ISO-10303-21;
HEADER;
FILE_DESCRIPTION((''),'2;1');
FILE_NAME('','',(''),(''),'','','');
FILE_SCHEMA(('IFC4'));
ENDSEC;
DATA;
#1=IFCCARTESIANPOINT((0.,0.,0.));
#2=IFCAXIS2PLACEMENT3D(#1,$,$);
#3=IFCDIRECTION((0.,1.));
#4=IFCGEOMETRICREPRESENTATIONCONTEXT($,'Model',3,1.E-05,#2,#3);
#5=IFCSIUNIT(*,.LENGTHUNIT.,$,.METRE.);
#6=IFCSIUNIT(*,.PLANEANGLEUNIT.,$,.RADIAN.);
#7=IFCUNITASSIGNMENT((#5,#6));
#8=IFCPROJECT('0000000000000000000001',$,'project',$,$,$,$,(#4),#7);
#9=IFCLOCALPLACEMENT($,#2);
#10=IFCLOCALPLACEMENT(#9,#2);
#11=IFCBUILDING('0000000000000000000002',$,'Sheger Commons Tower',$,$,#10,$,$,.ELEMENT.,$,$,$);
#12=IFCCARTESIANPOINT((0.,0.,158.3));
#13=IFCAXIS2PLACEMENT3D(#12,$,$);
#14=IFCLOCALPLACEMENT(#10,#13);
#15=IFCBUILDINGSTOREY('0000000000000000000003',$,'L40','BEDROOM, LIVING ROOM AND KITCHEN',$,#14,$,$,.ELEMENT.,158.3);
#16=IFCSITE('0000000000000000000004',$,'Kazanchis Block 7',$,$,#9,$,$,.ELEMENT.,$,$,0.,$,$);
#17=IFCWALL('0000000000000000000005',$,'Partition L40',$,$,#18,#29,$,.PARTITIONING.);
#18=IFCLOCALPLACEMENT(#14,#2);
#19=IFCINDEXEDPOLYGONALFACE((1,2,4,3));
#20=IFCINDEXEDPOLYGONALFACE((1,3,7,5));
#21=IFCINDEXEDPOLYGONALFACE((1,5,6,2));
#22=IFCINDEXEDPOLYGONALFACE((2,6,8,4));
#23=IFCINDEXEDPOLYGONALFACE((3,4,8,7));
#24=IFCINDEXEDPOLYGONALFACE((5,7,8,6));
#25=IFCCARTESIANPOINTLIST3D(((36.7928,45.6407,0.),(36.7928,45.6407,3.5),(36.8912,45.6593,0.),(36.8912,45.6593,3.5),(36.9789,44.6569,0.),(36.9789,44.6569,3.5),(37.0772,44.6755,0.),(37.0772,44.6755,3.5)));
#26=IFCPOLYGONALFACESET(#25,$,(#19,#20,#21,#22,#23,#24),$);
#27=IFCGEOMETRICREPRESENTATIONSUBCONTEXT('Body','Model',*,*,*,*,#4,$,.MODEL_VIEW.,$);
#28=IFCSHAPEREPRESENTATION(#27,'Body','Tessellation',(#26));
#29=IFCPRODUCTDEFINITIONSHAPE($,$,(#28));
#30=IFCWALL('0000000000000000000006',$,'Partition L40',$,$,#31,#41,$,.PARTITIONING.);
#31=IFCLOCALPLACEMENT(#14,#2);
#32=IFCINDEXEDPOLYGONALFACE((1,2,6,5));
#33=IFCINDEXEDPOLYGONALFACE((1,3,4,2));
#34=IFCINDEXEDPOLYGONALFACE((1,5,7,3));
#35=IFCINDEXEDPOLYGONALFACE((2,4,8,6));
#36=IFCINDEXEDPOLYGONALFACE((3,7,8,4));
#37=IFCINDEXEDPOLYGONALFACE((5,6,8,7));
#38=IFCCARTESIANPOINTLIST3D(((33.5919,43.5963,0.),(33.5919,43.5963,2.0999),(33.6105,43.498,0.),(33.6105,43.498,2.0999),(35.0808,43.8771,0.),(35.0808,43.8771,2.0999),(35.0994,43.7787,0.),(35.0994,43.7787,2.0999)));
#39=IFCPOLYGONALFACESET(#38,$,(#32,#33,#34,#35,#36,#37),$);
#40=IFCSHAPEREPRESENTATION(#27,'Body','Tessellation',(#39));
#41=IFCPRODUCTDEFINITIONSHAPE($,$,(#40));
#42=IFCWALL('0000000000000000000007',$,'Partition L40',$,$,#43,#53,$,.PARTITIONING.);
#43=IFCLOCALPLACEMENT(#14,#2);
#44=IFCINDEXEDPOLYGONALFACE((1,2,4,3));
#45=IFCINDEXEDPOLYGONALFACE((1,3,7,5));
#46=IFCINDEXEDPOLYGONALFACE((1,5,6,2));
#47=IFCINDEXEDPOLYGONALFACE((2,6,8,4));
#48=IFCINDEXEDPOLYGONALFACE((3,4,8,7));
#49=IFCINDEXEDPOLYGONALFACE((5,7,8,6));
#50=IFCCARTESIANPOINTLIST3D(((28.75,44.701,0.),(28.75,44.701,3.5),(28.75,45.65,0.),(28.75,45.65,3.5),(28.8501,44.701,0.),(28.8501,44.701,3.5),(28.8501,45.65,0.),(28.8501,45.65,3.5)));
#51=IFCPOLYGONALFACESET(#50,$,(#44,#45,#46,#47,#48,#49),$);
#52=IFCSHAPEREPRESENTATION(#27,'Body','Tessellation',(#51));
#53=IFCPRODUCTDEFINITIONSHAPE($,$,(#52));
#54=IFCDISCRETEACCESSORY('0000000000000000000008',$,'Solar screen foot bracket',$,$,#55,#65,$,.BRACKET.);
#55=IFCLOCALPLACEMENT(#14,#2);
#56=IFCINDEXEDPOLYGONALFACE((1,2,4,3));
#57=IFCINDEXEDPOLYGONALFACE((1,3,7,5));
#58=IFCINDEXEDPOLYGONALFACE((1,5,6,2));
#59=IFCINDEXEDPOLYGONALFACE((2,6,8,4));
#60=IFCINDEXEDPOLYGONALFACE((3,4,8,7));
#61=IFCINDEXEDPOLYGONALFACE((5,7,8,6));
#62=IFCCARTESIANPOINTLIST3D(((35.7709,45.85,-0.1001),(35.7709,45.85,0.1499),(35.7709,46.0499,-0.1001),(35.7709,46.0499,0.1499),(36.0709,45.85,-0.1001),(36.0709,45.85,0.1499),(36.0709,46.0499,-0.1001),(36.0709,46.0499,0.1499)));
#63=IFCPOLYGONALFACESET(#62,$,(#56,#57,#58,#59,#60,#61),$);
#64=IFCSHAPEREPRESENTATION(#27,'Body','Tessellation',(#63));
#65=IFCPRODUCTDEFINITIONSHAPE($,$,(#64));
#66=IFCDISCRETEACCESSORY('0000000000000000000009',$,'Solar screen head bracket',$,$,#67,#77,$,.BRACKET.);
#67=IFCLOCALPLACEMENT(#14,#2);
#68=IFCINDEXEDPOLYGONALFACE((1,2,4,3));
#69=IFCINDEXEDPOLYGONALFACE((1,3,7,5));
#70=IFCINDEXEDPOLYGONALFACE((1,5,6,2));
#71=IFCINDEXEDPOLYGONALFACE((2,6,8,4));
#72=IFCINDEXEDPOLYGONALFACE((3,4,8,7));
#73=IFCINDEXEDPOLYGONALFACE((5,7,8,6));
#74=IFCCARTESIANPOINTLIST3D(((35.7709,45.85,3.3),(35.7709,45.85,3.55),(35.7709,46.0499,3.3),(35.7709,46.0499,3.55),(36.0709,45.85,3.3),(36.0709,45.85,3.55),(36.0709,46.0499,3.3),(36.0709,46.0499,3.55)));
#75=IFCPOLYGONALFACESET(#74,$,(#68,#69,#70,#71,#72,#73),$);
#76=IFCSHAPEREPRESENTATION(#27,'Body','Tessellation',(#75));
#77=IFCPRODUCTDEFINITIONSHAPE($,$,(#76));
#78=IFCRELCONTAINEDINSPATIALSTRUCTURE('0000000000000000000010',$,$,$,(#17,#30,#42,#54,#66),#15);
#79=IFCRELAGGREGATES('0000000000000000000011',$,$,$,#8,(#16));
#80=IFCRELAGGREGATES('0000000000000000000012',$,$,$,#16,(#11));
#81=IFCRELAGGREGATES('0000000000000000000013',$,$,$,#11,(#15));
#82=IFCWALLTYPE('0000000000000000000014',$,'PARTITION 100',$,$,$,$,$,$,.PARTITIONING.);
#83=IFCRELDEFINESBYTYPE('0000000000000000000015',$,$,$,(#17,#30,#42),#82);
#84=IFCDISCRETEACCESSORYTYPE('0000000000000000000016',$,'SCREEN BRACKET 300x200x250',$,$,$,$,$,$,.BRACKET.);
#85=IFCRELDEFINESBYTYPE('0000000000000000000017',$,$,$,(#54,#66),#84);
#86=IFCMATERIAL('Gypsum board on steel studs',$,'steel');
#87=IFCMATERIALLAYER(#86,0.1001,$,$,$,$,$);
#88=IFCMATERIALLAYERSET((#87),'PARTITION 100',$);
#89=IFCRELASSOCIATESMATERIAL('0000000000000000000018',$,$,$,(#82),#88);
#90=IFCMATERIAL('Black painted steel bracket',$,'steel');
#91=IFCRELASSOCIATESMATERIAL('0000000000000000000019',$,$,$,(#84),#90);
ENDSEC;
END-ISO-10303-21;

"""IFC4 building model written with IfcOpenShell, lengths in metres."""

from ifc_helpers import new_model, si_unit, direction, frame, frame_2d, origin, origin_2d, place, context, subcontext, project, spatial, rectangle, extrude, material, layer, layer_set, type_object, element, save


model = new_model("IFC4")

# Units and contexts
model_context = context("Model", 3, precision=1e-05, world=origin(), true_north=direction((0.0, 1.0)))
body_context = subcontext(model_context, "Body", "Model", "MODEL_VIEW")
ifc_project = project(units=[si_unit("LENGTHUNIT", "METRE"), si_unit("PLANEANGLEUNIT", "RADIAN")], contexts=[model_context])

# Site, building, storey
site_placement = place(None, origin())
site = spatial("IfcSite", under=ifc_project, at=site_placement, Name="Kazanchis Block 7", CompositionType="ELEMENT", RefElevation=0.0)
building_placement = place(site_placement, origin())
building = spatial("IfcBuilding", under=site, at=building_placement, Name="Sheger Commons Tower", CompositionType="ELEMENT")
storey_placement = place(building_placement, frame((0.0, 0.0, 158.3)))
storey = spatial("IfcBuildingStorey", under=building, at=storey_placement, Name="L40", Description="BEDROOM, LIVING ROOM AND KITCHEN", CompositionType="ELEMENT", Elevation=158.3)

# Walls
ifc_material_1 = material(Name="Gypsum board on steel studs", Category="steel")
ifc_layer_1 = layer(ifc_material_1, 0.1001)
ifc_layer_set_1 = layer_set([ifc_layer_1], Name="PARTITION 100")
wall_type_1 = type_object("IfcWallType", Name="PARTITION 100", PredefinedType="PARTITIONING", material=ifc_layer_set_1)
wall_1_placement = place(storey_placement, frame((36.842, 45.6499, 0.0), z_axis=(0.0, 0.0, 1.0), x_axis=(0.18579, -0.982589, 0.0)))
element("IfcWall", 1, at=wall_1_placement, inside=storey, type_object=wall_type_1, Name="Partition L40", PredefinedType="PARTITIONING", context=body_context, shape_type="SweptSolid", body=[
    extrude(rectangle(XDim=1.0012, YDim=0.1001, at=frame_2d((0.5005, 0.0))), origin(), (0.0, 0.0, 1.0), 3.5),
])
wall_2_placement = place(storey_placement, frame((35.0901, 43.8279, 0.0), z_axis=(0.0, 0.0, 1.0), x_axis=(-0.982684, -0.18529, 0.0)))
element("IfcWall", 2, at=wall_2_placement, inside=storey, type_object=wall_type_1, Name="Partition L40", PredefinedType="PARTITIONING", context=body_context, shape_type="SweptSolid", body=[
    extrude(rectangle(XDim=1.5151, YDim=0.1001, at=frame_2d((0.7576, 0.0))), origin(), (0.0, 0.0, 1.0), 2.0999),
])
wall_3_placement = place(storey_placement, frame((28.8, 44.7009, 0.0), z_axis=(0.0, 0.0, 1.0), x_axis=(0.0, 1.0, 0.0)))
element("IfcWall", 3, at=wall_3_placement, inside=storey, type_object=wall_type_1, Name="Partition L40", PredefinedType="PARTITIONING", context=body_context, shape_type="SweptSolid", body=[
    extrude(rectangle(XDim=0.949, YDim=0.1001, at=frame_2d((0.4746, 0.0))), origin(), (0.0, 0.0, 1.0), 3.5),
])

# Discrete accessories
ifc_material_2 = material(Name="Black painted steel bracket", Category="steel")
discrete_accessory_type = type_object("IfcDiscreteAccessoryType", Name="SCREEN BRACKET 300x200x250", PredefinedType="BRACKET", material=ifc_material_2)
for number, where, z_axis, x_axis, name in (
    (4, (35.9209, 45.95, -0.1001), (0.0, 0.0, 1.0), (-1.0, 0.0, 0.0), "Solar screen foot bracket"),
    (5, (35.9209, 45.95, 3.3), (0.0, 0.0, 1.0), (-1.0, 0.0, 0.0), "Solar screen head bracket"),
):
    element("IfcDiscreteAccessory", number, at=place(storey_placement, frame(where, z_axis=z_axis, x_axis=x_axis)), inside=storey, type_object=discrete_accessory_type, Name=name, PredefinedType="BRACKET", context=body_context, shape_type="SweptSolid", body=[
        extrude(rectangle(XDim=0.3, YDim=0.2, at=origin_2d()), origin(), (0.0, 0.0, 1.0), 0.25),
    ])

save(model, "model.ifc")
